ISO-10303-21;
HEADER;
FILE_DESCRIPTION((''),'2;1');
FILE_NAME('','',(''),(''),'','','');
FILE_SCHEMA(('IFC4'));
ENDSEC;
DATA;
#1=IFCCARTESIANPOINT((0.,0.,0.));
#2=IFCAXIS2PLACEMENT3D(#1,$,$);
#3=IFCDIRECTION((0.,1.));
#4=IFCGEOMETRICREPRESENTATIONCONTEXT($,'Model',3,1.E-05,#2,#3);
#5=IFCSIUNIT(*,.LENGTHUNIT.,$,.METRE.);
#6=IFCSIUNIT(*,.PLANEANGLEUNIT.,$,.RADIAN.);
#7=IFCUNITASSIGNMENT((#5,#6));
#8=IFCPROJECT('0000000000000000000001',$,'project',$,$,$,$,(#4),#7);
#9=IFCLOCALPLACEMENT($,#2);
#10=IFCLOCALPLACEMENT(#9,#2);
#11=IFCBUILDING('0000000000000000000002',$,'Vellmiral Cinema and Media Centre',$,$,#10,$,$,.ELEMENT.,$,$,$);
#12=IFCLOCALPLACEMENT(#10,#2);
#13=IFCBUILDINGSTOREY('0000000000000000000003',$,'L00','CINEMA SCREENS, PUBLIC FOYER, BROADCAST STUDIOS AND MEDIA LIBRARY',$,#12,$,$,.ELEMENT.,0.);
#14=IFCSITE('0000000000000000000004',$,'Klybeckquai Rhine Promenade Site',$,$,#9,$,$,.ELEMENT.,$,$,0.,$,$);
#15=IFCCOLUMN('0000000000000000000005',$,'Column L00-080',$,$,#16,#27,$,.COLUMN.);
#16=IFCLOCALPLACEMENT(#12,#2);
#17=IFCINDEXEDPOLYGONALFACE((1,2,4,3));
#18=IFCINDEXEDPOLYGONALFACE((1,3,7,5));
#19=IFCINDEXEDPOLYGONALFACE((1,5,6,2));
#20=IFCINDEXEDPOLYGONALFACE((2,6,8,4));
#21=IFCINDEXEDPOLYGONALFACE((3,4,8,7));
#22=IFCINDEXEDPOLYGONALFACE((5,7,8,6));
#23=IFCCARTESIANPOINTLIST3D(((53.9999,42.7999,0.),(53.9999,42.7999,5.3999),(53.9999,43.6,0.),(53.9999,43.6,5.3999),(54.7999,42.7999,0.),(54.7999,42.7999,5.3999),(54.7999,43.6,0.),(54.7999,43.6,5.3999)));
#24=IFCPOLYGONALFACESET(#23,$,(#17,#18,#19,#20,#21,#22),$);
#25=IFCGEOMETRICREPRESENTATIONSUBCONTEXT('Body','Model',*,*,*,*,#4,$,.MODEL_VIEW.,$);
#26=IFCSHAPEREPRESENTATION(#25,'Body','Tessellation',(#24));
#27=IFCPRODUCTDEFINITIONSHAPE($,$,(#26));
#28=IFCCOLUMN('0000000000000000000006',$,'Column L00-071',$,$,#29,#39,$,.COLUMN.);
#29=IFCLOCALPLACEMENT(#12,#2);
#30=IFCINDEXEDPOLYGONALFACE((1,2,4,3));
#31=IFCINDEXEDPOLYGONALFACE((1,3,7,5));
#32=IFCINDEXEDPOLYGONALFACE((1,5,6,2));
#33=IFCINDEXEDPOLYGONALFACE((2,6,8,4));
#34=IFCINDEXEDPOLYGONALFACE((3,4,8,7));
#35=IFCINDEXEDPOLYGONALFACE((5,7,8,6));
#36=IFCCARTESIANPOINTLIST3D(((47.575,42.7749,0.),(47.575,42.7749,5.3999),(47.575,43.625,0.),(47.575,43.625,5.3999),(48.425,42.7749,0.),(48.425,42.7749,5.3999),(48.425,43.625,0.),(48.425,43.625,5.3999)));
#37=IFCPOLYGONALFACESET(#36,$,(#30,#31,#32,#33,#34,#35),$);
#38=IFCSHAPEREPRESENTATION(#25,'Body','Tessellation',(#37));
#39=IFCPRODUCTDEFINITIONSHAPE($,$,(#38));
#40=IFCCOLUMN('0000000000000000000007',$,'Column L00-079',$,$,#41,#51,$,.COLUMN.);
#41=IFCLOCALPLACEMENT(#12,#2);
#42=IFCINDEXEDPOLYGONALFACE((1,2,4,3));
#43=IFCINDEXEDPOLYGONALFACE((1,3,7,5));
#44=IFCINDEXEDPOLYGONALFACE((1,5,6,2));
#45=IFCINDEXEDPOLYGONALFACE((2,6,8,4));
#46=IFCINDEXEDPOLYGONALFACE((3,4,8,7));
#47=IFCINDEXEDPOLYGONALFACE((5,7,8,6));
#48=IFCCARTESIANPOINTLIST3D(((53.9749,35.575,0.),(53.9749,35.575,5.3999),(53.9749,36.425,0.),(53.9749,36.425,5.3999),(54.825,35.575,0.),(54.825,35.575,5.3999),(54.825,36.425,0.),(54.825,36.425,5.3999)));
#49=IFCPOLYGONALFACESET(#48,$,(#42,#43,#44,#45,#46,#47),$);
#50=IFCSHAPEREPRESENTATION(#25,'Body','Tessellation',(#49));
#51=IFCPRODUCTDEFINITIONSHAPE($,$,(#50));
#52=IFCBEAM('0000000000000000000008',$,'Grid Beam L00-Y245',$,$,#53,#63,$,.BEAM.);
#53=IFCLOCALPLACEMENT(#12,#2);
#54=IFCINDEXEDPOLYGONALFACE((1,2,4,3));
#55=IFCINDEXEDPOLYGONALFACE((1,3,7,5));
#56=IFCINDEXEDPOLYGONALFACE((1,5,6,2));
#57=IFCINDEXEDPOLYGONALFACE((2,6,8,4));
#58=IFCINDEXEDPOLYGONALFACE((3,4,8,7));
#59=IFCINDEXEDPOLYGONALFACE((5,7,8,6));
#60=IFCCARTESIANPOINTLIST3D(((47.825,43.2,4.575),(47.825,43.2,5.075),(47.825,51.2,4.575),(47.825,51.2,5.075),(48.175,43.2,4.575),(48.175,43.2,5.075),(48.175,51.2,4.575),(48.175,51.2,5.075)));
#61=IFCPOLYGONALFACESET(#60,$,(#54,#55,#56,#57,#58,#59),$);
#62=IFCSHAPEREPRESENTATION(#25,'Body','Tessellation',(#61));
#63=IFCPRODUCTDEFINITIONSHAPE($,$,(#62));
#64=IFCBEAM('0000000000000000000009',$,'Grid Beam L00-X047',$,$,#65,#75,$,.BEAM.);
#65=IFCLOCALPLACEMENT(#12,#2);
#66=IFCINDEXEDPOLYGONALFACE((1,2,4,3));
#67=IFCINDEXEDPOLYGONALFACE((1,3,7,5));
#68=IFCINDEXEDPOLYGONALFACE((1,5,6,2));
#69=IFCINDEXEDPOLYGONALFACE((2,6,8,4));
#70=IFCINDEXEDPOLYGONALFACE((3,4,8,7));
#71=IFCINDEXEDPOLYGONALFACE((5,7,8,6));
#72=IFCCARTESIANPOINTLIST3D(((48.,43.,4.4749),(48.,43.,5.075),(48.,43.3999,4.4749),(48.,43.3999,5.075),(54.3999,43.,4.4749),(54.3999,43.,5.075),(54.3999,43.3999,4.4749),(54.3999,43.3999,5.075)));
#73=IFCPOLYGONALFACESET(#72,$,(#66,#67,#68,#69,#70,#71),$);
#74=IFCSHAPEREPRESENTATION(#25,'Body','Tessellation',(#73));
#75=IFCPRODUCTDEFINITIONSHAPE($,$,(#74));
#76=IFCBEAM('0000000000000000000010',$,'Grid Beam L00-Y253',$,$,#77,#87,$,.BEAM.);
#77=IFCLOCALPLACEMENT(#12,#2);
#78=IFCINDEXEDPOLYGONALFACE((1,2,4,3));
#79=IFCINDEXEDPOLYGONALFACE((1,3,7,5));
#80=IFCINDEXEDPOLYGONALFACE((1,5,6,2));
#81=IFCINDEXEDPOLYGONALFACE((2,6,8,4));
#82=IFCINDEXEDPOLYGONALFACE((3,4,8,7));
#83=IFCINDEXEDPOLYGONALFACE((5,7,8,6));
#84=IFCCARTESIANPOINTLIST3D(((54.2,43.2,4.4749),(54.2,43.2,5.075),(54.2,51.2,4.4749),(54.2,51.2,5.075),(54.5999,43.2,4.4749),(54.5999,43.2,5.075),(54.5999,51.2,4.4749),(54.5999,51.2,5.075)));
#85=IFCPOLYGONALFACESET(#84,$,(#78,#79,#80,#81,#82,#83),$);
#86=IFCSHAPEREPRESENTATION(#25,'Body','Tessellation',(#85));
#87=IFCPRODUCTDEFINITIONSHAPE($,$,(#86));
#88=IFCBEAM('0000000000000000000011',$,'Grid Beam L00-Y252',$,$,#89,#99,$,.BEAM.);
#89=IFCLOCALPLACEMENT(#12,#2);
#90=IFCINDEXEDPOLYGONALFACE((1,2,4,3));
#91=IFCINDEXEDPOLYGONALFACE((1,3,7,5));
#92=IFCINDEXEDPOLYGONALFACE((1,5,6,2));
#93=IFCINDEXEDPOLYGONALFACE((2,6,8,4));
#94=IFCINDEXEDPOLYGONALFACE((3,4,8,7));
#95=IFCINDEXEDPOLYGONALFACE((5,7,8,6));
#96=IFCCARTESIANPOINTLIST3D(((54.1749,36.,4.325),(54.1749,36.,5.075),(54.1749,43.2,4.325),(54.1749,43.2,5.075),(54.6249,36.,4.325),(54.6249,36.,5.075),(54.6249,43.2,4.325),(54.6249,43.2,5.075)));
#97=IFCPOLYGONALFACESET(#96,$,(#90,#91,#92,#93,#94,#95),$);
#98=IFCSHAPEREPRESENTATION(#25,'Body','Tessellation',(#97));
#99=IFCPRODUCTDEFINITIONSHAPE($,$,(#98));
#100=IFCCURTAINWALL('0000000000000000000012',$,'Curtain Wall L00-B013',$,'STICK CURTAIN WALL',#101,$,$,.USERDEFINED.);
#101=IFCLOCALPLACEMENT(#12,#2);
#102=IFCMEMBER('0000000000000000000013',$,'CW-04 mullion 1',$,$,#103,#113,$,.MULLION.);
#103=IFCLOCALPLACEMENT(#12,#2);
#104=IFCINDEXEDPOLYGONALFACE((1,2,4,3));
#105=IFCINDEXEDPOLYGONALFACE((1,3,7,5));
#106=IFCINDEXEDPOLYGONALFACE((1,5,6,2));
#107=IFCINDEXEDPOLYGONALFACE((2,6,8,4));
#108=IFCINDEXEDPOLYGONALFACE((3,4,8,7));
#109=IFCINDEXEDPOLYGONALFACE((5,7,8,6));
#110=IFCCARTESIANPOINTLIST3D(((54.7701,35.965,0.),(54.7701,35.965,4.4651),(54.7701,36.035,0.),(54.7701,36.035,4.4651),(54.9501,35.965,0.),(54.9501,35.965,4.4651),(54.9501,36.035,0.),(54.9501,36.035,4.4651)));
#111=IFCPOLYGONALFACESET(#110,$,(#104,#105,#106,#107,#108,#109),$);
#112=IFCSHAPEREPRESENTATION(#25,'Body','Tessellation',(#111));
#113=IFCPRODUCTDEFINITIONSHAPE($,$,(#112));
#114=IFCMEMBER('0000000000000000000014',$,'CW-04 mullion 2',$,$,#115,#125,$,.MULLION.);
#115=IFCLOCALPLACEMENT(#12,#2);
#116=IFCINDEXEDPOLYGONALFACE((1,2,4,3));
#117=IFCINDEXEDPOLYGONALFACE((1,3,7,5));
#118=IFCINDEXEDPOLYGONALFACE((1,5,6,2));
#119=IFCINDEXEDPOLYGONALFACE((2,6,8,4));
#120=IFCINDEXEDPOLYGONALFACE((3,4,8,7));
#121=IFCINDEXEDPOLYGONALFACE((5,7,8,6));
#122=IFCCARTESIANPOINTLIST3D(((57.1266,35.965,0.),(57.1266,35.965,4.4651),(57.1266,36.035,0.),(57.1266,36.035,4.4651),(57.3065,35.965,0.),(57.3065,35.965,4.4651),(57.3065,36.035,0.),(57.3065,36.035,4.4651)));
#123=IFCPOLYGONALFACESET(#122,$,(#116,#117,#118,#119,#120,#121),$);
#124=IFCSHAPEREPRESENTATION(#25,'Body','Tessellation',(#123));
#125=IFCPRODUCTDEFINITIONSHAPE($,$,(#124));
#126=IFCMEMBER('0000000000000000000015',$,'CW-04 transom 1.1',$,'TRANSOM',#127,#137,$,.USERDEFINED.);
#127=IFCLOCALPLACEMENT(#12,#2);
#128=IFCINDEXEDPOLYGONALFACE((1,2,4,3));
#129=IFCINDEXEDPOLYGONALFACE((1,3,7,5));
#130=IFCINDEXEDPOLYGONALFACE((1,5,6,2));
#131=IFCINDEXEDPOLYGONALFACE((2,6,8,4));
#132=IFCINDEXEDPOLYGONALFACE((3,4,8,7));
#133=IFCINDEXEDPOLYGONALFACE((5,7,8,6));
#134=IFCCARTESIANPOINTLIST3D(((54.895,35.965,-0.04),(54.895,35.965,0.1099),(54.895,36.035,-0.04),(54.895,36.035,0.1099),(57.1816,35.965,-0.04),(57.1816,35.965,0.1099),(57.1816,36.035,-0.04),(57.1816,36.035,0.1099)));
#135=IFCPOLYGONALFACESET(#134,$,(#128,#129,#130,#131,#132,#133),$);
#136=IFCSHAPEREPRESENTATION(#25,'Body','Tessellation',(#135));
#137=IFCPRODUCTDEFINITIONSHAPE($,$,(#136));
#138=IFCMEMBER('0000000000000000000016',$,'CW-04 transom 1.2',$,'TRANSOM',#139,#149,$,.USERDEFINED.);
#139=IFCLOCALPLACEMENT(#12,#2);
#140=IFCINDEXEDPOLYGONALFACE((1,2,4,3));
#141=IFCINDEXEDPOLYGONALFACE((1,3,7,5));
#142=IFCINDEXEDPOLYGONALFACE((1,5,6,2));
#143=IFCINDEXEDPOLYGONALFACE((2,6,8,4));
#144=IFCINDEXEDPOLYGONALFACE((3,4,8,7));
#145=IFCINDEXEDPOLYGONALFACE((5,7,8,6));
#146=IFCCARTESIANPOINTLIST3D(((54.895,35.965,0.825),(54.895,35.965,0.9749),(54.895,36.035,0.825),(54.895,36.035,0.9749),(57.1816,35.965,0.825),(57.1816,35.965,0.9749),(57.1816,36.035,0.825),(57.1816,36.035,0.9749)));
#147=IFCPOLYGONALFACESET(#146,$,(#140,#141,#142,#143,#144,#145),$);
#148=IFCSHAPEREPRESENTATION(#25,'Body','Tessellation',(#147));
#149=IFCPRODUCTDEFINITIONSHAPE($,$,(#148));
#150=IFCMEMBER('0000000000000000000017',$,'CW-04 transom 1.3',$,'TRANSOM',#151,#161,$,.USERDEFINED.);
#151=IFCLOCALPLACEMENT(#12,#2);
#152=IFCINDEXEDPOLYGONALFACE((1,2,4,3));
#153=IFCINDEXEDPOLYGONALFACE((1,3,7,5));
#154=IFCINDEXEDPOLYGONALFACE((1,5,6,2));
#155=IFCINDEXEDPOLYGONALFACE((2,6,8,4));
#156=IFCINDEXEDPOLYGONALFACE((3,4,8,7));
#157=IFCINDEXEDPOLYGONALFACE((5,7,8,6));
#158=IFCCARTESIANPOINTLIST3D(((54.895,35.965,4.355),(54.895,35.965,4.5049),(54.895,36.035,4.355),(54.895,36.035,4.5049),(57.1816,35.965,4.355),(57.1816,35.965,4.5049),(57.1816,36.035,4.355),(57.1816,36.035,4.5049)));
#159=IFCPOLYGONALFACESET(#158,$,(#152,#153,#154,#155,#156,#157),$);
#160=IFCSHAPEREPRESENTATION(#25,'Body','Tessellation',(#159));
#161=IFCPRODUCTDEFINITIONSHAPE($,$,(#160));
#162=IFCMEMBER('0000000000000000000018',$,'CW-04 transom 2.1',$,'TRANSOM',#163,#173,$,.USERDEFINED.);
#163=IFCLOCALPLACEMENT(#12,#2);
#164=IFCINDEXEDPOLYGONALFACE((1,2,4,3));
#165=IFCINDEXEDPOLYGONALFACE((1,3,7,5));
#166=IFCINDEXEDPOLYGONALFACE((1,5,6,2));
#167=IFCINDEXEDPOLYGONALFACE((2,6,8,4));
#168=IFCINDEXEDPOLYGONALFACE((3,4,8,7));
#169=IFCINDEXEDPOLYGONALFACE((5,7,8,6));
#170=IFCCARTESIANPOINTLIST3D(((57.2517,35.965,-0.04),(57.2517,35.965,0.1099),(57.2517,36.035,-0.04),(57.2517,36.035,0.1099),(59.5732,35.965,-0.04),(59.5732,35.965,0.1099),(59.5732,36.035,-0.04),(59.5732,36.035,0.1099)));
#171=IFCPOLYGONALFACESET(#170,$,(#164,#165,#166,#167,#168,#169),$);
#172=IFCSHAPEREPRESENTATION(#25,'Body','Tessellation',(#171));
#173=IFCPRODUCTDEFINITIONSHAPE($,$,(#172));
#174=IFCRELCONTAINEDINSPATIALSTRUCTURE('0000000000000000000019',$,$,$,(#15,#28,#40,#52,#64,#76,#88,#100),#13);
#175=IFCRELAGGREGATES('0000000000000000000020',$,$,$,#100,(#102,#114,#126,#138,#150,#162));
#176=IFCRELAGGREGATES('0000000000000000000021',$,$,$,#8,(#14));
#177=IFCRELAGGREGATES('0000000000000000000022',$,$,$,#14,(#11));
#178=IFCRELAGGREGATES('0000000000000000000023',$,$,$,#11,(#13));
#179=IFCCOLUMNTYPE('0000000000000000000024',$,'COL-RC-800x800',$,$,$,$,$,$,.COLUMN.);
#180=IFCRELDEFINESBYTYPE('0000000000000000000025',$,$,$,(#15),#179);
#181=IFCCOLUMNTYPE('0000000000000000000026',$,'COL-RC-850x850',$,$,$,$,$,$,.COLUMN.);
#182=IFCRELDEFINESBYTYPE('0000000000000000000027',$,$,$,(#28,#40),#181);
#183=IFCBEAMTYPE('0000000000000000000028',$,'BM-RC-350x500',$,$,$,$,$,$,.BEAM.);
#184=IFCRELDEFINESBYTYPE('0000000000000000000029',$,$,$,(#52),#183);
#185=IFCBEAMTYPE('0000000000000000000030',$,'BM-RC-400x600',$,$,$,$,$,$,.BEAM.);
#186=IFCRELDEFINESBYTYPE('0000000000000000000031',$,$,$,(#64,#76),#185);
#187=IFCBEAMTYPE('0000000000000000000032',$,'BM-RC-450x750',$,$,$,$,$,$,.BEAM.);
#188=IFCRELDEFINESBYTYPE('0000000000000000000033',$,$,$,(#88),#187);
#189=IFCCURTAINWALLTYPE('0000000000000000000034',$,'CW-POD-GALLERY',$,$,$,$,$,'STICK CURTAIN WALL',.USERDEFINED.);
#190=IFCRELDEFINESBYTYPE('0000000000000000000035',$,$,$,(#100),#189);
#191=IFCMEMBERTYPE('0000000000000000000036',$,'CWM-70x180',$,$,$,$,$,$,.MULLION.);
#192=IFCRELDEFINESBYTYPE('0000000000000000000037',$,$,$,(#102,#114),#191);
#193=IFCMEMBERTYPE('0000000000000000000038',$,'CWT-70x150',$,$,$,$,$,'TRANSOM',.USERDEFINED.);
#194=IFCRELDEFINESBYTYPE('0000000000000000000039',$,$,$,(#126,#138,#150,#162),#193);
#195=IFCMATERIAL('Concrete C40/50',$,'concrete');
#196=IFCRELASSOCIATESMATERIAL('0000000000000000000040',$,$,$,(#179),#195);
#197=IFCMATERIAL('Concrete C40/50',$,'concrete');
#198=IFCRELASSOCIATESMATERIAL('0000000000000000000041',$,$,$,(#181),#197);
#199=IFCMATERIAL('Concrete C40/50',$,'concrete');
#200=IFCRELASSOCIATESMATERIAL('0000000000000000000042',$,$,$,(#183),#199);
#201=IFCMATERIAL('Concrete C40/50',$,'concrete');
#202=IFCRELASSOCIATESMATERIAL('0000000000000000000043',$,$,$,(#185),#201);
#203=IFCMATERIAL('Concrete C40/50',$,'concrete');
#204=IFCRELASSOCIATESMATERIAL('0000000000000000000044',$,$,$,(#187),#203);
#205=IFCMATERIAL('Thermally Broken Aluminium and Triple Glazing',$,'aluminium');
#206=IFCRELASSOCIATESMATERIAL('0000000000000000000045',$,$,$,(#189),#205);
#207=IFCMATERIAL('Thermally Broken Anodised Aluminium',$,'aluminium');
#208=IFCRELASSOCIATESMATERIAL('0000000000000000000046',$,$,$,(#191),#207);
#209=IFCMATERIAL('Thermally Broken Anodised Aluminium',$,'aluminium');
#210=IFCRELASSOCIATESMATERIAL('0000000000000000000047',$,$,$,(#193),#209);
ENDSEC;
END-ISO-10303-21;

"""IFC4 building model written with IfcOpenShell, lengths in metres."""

from ifc_helpers import new_model, si_unit, direction, frame, origin, origin_2d, place, context, subcontext, project, spatial, rectangle, extrude, material, material_profile, profile_set, type_object, element, aggregate, save


model = new_model("IFC4")

# Units and contexts
model_context = context("Model", 3, precision=1e-05, world=origin(), true_north=direction((0.0, 1.0)))
body_context = subcontext(model_context, "Body", "Model", "MODEL_VIEW")
ifc_project = project(units=[si_unit("LENGTHUNIT", "METRE"), si_unit("PLANEANGLEUNIT", "RADIAN")], contexts=[model_context])

# Site, building, storey
site_placement = place(None, origin())
site = spatial("IfcSite", under=ifc_project, at=site_placement, Name="Klybeckquai Rhine Promenade Site", CompositionType="ELEMENT", RefElevation=0.0)
building_placement = place(site_placement, origin())
building = spatial("IfcBuilding", under=site, at=building_placement, Name="Vellmiral Cinema and Media Centre", CompositionType="ELEMENT")
storey_placement = place(building_placement, origin())
storey = spatial("IfcBuildingStorey", under=building, at=storey_placement, Name="L00", Description="CINEMA SCREENS, PUBLIC FOYER, BROADCAST STUDIOS AND MEDIA LIBRARY", CompositionType="ELEMENT", Elevation=0.0)

# Columns
ifc_material_1 = material(Name="Concrete C40/50", Category="concrete")
ifc_material_profile_1 = material_profile(ifc_material_1, rectangle(XDim=0.8, YDim=0.8, at=origin_2d()), Name="RC 800x800")
ifc_profile_set_1 = profile_set([ifc_material_profile_1], Name="Concrete C40/50")
column_type_1 = type_object("IfcColumnType", Name="COL-RC-800x800", PredefinedType="COLUMN", material=ifc_profile_set_1)
column_placement = place(storey_placement, frame((54.3999, 43.2, 0.0), z_axis=(0.0, 0.0, 1.0), x_axis=(1.0, 0.0, 0.0)))
element("IfcColumn", 1, at=column_placement, inside=storey, type_object=column_type_1, Name="Column L00-080", PredefinedType="COLUMN", context=body_context, shape_type="SweptSolid", body=[
    extrude(rectangle(XDim=0.8, YDim=0.8, at=origin_2d()), origin(), (0.0, 0.0, 1.0), 5.3999),
])
ifc_material_2 = material(Name="Concrete C40/50", Category="concrete")
ifc_material_profile_2 = material_profile(ifc_material_2, rectangle(XDim=0.8501, YDim=0.8501, at=origin_2d()), Name="RC 850x850")
ifc_profile_set_2 = profile_set([ifc_material_profile_2], Name="Concrete C40/50")
column_type_2 = type_object("IfcColumnType", Name="COL-RC-850x850", PredefinedType="COLUMN", material=ifc_profile_set_2)
for number, where, z_axis, x_axis, name in (
    (2, (48.0, 43.2, 0.0), (0.0, 0.0, 1.0), (1.0, 0.0, 0.0), "Column L00-071"),
    (3, (54.3999, 36.0, 0.0), (0.0, 0.0, 1.0), (1.0, 0.0, 0.0), "Column L00-079"),
):
    element("IfcColumn", number, at=place(storey_placement, frame(where, z_axis=z_axis, x_axis=x_axis)), inside=storey, type_object=column_type_2, Name=name, PredefinedType="COLUMN", context=body_context, shape_type="SweptSolid", body=[
        extrude(rectangle(XDim=0.8501, YDim=0.8501, at=origin_2d()), origin(), (0.0, 0.0, 1.0), 5.3999),
    ])

# Beams
ifc_material_3 = material(Name="Concrete C40/50", Category="concrete")
ifc_material_profile_3 = material_profile(ifc_material_3, rectangle(XDim=0.3501, YDim=0.5, at=origin_2d()), Name="RC 350x500")
ifc_profile_set_3 = profile_set([ifc_material_profile_3], Name="Concrete C40/50")
beam_type_1 = type_object("IfcBeamType", Name="BM-RC-350x500", PredefinedType="BEAM", material=ifc_profile_set_3)
beam_1_placement = place(storey_placement, frame((48.0, 43.2, 4.825), z_axis=(0.0, 1.0, 0.0), x_axis=(-1.0, 0.0, 0.0)))
element("IfcBeam", 4, at=beam_1_placement, inside=storey, type_object=beam_type_1, Name="Grid Beam L00-Y245", PredefinedType="BEAM", context=body_context, shape_type="SweptSolid", body=[
    extrude(rectangle(XDim=0.3501, YDim=0.5, at=origin_2d()), origin(), (0.0, 0.0, 1.0), 8.0),
])
ifc_material_4 = material(Name="Concrete C40/50", Category="concrete")
ifc_material_profile_4 = material_profile(ifc_material_4, rectangle(XDim=0.3999, YDim=0.6001, at=origin_2d()), Name="RC 400x600")
ifc_profile_set_4 = profile_set([ifc_material_profile_4], Name="Concrete C40/50")
beam_type_2 = type_object("IfcBeamType", Name="BM-RC-400x600", PredefinedType="BEAM", material=ifc_profile_set_4)
beam_2_placement = place(storey_placement, frame((48.0, 43.2, 4.7749), z_axis=(1.0, 0.0, 0.0), x_axis=(0.0, 1.0, 0.0)))
element("IfcBeam", 5, at=beam_2_placement, inside=storey, type_object=beam_type_2, Name="Grid Beam L00-X047", PredefinedType="BEAM", context=body_context, shape_type="SweptSolid", body=[
    extrude(rectangle(XDim=0.3999, YDim=0.6001, at=origin_2d()), origin(), (0.0, 0.0, 1.0), 6.3999),
])
beam_3_placement = place(storey_placement, frame((54.3999, 43.2, 4.7749), z_axis=(0.0, 1.0, 0.0), x_axis=(-1.0, 0.0, 0.0)))
element("IfcBeam", 6, at=beam_3_placement, inside=storey, type_object=beam_type_2, Name="Grid Beam L00-Y253", PredefinedType="BEAM", context=body_context, shape_type="SweptSolid", body=[
    extrude(rectangle(XDim=0.3999, YDim=0.6001, at=origin_2d()), origin(), (0.0, 0.0, 1.0), 8.0),
])
ifc_material_5 = material(Name="Concrete C40/50", Category="concrete")
ifc_material_profile_5 = material_profile(ifc_material_5, rectangle(XDim=0.45, YDim=0.75, at=origin_2d()), Name="RC 450x750")
ifc_profile_set_5 = profile_set([ifc_material_profile_5], Name="Concrete C40/50")
beam_type_3 = type_object("IfcBeamType", Name="BM-RC-450x750", PredefinedType="BEAM", material=ifc_profile_set_5)
beam_4_placement = place(storey_placement, frame((54.3999, 36.0, 4.7), z_axis=(0.0, 1.0, 0.0), x_axis=(-1.0, 0.0, 0.0)))
element("IfcBeam", 7, at=beam_4_placement, inside=storey, type_object=beam_type_3, Name="Grid Beam L00-Y252", PredefinedType="BEAM", context=body_context, shape_type="SweptSolid", body=[
    extrude(rectangle(XDim=0.45, YDim=0.75, at=origin_2d()), origin(), (0.0, 0.0, 1.0), 7.2),
])

# Curtain wall, members
ifc_material_6 = material(Name="Thermally Broken Aluminium and Triple Glazing", Category="aluminium")
curtain_wall_type = type_object("IfcCurtainWallType", Name="CW-POD-GALLERY", ElementType="STICK CURTAIN WALL", PredefinedType="USERDEFINED", material=ifc_material_6)
curtain_wall_placement = place(storey_placement, origin())
curtain_wall = element("IfcCurtainWall", 8, at=curtain_wall_placement, inside=storey, type_object=curtain_wall_type, Name="Curtain Wall L00-B013", ObjectType="STICK CURTAIN WALL", PredefinedType="USERDEFINED")
ifc_material_7 = material(Name="Thermally Broken Anodised Aluminium", Category="aluminium")
ifc_material_profile_6 = material_profile(ifc_material_7, rectangle(XDim=0.0701, YDim=0.1799, at=origin_2d()), Name="MULL 70x180")
ifc_profile_set_6 = profile_set([ifc_material_profile_6], Name="Thermally Broken Anodised Aluminium")
member_type_1 = type_object("IfcMemberType", Name="CWM-70x180", PredefinedType="MULLION", material=ifc_profile_set_6)
member_1_placement = place(storey_placement, frame((54.8601, 36.0, 0.0), z_axis=(0.0, 0.0, 1.0), x_axis=(0.0, 1.0, 0.0)))
member_1 = element("IfcMember", 9, at=member_1_placement, type_object=member_type_1, Name="CW-04 mullion 1", PredefinedType="MULLION", context=body_context, shape_type="SweptSolid", body=[
    extrude(rectangle(XDim=0.0701, YDim=0.1799, at=origin_2d()), origin(), (0.0, 0.0, 1.0), 4.4651),
])
member_2_placement = place(storey_placement, frame((57.2166, 36.0, 0.0), z_axis=(0.0, 0.0, 1.0), x_axis=(0.0, 1.0, 0.0)))
member_2 = element("IfcMember", 10, at=member_2_placement, type_object=member_type_1, Name="CW-04 mullion 2", PredefinedType="MULLION", context=body_context, shape_type="SweptSolid", body=[
    extrude(rectangle(XDim=0.0701, YDim=0.1799, at=origin_2d()), origin(), (0.0, 0.0, 1.0), 4.4651),
])
ifc_material_8 = material(Name="Thermally Broken Anodised Aluminium", Category="aluminium")
ifc_material_profile_7 = material_profile(ifc_material_8, rectangle(XDim=0.0701, YDim=0.1499, at=origin_2d()), Name="MULL 70x150")
ifc_profile_set_7 = profile_set([ifc_material_profile_7], Name="Thermally Broken Anodised Aluminium")
member_type_2 = type_object("IfcMemberType", Name="CWT-70x150", ElementType="TRANSOM", PredefinedType="USERDEFINED", material=ifc_profile_set_7)
member_3_placement = place(storey_placement, frame((54.895, 36.0, 0.0349), z_axis=(1.0, 0.0, 0.0), x_axis=(0.0, 1.0, 0.0)))
member_3 = element("IfcMember", 11, at=member_3_placement, type_object=member_type_2, Name="CW-04 transom 1.1", ObjectType="TRANSOM", PredefinedType="USERDEFINED", context=body_context, shape_type="SweptSolid", body=[
    extrude(rectangle(XDim=0.0701, YDim=0.1499, at=origin_2d()), origin(), (0.0, 0.0, 1.0), 2.2866),
])
member_4_placement = place(storey_placement, frame((54.895, 36.0, 0.8999), z_axis=(1.0, 0.0, 0.0), x_axis=(0.0, 1.0, 0.0)))
member_4 = element("IfcMember", 12, at=member_4_placement, type_object=member_type_2, Name="CW-04 transom 1.2", ObjectType="TRANSOM", PredefinedType="USERDEFINED", context=body_context, shape_type="SweptSolid", body=[
    extrude(rectangle(XDim=0.0701, YDim=0.1499, at=origin_2d()), origin(), (0.0, 0.0, 1.0), 2.2866),
])
member_5_placement = place(storey_placement, frame((54.895, 36.0, 4.4299), z_axis=(1.0, 0.0, 0.0), x_axis=(0.0, 1.0, 0.0)))
member_5 = element("IfcMember", 13, at=member_5_placement, type_object=member_type_2, Name="CW-04 transom 1.3", ObjectType="TRANSOM", PredefinedType="USERDEFINED", context=body_context, shape_type="SweptSolid", body=[
    extrude(rectangle(XDim=0.0701, YDim=0.1499, at=origin_2d()), origin(), (0.0, 0.0, 1.0), 2.2866),
])
member_6_placement = place(storey_placement, frame((57.2517, 36.0, 0.0349), z_axis=(1.0, 0.0, 0.0), x_axis=(0.0, 1.0, 0.0)))
member_6 = element("IfcMember", 14, at=member_6_placement, type_object=member_type_2, Name="CW-04 transom 2.1", ObjectType="TRANSOM", PredefinedType="USERDEFINED", context=body_context, shape_type="SweptSolid", body=[
    extrude(rectangle(XDim=0.0701, YDim=0.1499, at=origin_2d()), origin(), (0.0, 0.0, 1.0), 2.3215),
])

aggregate(curtain_wall, [member_1, member_2, member_3, member_4, member_5, member_6])

save(model, "model.ifc")
